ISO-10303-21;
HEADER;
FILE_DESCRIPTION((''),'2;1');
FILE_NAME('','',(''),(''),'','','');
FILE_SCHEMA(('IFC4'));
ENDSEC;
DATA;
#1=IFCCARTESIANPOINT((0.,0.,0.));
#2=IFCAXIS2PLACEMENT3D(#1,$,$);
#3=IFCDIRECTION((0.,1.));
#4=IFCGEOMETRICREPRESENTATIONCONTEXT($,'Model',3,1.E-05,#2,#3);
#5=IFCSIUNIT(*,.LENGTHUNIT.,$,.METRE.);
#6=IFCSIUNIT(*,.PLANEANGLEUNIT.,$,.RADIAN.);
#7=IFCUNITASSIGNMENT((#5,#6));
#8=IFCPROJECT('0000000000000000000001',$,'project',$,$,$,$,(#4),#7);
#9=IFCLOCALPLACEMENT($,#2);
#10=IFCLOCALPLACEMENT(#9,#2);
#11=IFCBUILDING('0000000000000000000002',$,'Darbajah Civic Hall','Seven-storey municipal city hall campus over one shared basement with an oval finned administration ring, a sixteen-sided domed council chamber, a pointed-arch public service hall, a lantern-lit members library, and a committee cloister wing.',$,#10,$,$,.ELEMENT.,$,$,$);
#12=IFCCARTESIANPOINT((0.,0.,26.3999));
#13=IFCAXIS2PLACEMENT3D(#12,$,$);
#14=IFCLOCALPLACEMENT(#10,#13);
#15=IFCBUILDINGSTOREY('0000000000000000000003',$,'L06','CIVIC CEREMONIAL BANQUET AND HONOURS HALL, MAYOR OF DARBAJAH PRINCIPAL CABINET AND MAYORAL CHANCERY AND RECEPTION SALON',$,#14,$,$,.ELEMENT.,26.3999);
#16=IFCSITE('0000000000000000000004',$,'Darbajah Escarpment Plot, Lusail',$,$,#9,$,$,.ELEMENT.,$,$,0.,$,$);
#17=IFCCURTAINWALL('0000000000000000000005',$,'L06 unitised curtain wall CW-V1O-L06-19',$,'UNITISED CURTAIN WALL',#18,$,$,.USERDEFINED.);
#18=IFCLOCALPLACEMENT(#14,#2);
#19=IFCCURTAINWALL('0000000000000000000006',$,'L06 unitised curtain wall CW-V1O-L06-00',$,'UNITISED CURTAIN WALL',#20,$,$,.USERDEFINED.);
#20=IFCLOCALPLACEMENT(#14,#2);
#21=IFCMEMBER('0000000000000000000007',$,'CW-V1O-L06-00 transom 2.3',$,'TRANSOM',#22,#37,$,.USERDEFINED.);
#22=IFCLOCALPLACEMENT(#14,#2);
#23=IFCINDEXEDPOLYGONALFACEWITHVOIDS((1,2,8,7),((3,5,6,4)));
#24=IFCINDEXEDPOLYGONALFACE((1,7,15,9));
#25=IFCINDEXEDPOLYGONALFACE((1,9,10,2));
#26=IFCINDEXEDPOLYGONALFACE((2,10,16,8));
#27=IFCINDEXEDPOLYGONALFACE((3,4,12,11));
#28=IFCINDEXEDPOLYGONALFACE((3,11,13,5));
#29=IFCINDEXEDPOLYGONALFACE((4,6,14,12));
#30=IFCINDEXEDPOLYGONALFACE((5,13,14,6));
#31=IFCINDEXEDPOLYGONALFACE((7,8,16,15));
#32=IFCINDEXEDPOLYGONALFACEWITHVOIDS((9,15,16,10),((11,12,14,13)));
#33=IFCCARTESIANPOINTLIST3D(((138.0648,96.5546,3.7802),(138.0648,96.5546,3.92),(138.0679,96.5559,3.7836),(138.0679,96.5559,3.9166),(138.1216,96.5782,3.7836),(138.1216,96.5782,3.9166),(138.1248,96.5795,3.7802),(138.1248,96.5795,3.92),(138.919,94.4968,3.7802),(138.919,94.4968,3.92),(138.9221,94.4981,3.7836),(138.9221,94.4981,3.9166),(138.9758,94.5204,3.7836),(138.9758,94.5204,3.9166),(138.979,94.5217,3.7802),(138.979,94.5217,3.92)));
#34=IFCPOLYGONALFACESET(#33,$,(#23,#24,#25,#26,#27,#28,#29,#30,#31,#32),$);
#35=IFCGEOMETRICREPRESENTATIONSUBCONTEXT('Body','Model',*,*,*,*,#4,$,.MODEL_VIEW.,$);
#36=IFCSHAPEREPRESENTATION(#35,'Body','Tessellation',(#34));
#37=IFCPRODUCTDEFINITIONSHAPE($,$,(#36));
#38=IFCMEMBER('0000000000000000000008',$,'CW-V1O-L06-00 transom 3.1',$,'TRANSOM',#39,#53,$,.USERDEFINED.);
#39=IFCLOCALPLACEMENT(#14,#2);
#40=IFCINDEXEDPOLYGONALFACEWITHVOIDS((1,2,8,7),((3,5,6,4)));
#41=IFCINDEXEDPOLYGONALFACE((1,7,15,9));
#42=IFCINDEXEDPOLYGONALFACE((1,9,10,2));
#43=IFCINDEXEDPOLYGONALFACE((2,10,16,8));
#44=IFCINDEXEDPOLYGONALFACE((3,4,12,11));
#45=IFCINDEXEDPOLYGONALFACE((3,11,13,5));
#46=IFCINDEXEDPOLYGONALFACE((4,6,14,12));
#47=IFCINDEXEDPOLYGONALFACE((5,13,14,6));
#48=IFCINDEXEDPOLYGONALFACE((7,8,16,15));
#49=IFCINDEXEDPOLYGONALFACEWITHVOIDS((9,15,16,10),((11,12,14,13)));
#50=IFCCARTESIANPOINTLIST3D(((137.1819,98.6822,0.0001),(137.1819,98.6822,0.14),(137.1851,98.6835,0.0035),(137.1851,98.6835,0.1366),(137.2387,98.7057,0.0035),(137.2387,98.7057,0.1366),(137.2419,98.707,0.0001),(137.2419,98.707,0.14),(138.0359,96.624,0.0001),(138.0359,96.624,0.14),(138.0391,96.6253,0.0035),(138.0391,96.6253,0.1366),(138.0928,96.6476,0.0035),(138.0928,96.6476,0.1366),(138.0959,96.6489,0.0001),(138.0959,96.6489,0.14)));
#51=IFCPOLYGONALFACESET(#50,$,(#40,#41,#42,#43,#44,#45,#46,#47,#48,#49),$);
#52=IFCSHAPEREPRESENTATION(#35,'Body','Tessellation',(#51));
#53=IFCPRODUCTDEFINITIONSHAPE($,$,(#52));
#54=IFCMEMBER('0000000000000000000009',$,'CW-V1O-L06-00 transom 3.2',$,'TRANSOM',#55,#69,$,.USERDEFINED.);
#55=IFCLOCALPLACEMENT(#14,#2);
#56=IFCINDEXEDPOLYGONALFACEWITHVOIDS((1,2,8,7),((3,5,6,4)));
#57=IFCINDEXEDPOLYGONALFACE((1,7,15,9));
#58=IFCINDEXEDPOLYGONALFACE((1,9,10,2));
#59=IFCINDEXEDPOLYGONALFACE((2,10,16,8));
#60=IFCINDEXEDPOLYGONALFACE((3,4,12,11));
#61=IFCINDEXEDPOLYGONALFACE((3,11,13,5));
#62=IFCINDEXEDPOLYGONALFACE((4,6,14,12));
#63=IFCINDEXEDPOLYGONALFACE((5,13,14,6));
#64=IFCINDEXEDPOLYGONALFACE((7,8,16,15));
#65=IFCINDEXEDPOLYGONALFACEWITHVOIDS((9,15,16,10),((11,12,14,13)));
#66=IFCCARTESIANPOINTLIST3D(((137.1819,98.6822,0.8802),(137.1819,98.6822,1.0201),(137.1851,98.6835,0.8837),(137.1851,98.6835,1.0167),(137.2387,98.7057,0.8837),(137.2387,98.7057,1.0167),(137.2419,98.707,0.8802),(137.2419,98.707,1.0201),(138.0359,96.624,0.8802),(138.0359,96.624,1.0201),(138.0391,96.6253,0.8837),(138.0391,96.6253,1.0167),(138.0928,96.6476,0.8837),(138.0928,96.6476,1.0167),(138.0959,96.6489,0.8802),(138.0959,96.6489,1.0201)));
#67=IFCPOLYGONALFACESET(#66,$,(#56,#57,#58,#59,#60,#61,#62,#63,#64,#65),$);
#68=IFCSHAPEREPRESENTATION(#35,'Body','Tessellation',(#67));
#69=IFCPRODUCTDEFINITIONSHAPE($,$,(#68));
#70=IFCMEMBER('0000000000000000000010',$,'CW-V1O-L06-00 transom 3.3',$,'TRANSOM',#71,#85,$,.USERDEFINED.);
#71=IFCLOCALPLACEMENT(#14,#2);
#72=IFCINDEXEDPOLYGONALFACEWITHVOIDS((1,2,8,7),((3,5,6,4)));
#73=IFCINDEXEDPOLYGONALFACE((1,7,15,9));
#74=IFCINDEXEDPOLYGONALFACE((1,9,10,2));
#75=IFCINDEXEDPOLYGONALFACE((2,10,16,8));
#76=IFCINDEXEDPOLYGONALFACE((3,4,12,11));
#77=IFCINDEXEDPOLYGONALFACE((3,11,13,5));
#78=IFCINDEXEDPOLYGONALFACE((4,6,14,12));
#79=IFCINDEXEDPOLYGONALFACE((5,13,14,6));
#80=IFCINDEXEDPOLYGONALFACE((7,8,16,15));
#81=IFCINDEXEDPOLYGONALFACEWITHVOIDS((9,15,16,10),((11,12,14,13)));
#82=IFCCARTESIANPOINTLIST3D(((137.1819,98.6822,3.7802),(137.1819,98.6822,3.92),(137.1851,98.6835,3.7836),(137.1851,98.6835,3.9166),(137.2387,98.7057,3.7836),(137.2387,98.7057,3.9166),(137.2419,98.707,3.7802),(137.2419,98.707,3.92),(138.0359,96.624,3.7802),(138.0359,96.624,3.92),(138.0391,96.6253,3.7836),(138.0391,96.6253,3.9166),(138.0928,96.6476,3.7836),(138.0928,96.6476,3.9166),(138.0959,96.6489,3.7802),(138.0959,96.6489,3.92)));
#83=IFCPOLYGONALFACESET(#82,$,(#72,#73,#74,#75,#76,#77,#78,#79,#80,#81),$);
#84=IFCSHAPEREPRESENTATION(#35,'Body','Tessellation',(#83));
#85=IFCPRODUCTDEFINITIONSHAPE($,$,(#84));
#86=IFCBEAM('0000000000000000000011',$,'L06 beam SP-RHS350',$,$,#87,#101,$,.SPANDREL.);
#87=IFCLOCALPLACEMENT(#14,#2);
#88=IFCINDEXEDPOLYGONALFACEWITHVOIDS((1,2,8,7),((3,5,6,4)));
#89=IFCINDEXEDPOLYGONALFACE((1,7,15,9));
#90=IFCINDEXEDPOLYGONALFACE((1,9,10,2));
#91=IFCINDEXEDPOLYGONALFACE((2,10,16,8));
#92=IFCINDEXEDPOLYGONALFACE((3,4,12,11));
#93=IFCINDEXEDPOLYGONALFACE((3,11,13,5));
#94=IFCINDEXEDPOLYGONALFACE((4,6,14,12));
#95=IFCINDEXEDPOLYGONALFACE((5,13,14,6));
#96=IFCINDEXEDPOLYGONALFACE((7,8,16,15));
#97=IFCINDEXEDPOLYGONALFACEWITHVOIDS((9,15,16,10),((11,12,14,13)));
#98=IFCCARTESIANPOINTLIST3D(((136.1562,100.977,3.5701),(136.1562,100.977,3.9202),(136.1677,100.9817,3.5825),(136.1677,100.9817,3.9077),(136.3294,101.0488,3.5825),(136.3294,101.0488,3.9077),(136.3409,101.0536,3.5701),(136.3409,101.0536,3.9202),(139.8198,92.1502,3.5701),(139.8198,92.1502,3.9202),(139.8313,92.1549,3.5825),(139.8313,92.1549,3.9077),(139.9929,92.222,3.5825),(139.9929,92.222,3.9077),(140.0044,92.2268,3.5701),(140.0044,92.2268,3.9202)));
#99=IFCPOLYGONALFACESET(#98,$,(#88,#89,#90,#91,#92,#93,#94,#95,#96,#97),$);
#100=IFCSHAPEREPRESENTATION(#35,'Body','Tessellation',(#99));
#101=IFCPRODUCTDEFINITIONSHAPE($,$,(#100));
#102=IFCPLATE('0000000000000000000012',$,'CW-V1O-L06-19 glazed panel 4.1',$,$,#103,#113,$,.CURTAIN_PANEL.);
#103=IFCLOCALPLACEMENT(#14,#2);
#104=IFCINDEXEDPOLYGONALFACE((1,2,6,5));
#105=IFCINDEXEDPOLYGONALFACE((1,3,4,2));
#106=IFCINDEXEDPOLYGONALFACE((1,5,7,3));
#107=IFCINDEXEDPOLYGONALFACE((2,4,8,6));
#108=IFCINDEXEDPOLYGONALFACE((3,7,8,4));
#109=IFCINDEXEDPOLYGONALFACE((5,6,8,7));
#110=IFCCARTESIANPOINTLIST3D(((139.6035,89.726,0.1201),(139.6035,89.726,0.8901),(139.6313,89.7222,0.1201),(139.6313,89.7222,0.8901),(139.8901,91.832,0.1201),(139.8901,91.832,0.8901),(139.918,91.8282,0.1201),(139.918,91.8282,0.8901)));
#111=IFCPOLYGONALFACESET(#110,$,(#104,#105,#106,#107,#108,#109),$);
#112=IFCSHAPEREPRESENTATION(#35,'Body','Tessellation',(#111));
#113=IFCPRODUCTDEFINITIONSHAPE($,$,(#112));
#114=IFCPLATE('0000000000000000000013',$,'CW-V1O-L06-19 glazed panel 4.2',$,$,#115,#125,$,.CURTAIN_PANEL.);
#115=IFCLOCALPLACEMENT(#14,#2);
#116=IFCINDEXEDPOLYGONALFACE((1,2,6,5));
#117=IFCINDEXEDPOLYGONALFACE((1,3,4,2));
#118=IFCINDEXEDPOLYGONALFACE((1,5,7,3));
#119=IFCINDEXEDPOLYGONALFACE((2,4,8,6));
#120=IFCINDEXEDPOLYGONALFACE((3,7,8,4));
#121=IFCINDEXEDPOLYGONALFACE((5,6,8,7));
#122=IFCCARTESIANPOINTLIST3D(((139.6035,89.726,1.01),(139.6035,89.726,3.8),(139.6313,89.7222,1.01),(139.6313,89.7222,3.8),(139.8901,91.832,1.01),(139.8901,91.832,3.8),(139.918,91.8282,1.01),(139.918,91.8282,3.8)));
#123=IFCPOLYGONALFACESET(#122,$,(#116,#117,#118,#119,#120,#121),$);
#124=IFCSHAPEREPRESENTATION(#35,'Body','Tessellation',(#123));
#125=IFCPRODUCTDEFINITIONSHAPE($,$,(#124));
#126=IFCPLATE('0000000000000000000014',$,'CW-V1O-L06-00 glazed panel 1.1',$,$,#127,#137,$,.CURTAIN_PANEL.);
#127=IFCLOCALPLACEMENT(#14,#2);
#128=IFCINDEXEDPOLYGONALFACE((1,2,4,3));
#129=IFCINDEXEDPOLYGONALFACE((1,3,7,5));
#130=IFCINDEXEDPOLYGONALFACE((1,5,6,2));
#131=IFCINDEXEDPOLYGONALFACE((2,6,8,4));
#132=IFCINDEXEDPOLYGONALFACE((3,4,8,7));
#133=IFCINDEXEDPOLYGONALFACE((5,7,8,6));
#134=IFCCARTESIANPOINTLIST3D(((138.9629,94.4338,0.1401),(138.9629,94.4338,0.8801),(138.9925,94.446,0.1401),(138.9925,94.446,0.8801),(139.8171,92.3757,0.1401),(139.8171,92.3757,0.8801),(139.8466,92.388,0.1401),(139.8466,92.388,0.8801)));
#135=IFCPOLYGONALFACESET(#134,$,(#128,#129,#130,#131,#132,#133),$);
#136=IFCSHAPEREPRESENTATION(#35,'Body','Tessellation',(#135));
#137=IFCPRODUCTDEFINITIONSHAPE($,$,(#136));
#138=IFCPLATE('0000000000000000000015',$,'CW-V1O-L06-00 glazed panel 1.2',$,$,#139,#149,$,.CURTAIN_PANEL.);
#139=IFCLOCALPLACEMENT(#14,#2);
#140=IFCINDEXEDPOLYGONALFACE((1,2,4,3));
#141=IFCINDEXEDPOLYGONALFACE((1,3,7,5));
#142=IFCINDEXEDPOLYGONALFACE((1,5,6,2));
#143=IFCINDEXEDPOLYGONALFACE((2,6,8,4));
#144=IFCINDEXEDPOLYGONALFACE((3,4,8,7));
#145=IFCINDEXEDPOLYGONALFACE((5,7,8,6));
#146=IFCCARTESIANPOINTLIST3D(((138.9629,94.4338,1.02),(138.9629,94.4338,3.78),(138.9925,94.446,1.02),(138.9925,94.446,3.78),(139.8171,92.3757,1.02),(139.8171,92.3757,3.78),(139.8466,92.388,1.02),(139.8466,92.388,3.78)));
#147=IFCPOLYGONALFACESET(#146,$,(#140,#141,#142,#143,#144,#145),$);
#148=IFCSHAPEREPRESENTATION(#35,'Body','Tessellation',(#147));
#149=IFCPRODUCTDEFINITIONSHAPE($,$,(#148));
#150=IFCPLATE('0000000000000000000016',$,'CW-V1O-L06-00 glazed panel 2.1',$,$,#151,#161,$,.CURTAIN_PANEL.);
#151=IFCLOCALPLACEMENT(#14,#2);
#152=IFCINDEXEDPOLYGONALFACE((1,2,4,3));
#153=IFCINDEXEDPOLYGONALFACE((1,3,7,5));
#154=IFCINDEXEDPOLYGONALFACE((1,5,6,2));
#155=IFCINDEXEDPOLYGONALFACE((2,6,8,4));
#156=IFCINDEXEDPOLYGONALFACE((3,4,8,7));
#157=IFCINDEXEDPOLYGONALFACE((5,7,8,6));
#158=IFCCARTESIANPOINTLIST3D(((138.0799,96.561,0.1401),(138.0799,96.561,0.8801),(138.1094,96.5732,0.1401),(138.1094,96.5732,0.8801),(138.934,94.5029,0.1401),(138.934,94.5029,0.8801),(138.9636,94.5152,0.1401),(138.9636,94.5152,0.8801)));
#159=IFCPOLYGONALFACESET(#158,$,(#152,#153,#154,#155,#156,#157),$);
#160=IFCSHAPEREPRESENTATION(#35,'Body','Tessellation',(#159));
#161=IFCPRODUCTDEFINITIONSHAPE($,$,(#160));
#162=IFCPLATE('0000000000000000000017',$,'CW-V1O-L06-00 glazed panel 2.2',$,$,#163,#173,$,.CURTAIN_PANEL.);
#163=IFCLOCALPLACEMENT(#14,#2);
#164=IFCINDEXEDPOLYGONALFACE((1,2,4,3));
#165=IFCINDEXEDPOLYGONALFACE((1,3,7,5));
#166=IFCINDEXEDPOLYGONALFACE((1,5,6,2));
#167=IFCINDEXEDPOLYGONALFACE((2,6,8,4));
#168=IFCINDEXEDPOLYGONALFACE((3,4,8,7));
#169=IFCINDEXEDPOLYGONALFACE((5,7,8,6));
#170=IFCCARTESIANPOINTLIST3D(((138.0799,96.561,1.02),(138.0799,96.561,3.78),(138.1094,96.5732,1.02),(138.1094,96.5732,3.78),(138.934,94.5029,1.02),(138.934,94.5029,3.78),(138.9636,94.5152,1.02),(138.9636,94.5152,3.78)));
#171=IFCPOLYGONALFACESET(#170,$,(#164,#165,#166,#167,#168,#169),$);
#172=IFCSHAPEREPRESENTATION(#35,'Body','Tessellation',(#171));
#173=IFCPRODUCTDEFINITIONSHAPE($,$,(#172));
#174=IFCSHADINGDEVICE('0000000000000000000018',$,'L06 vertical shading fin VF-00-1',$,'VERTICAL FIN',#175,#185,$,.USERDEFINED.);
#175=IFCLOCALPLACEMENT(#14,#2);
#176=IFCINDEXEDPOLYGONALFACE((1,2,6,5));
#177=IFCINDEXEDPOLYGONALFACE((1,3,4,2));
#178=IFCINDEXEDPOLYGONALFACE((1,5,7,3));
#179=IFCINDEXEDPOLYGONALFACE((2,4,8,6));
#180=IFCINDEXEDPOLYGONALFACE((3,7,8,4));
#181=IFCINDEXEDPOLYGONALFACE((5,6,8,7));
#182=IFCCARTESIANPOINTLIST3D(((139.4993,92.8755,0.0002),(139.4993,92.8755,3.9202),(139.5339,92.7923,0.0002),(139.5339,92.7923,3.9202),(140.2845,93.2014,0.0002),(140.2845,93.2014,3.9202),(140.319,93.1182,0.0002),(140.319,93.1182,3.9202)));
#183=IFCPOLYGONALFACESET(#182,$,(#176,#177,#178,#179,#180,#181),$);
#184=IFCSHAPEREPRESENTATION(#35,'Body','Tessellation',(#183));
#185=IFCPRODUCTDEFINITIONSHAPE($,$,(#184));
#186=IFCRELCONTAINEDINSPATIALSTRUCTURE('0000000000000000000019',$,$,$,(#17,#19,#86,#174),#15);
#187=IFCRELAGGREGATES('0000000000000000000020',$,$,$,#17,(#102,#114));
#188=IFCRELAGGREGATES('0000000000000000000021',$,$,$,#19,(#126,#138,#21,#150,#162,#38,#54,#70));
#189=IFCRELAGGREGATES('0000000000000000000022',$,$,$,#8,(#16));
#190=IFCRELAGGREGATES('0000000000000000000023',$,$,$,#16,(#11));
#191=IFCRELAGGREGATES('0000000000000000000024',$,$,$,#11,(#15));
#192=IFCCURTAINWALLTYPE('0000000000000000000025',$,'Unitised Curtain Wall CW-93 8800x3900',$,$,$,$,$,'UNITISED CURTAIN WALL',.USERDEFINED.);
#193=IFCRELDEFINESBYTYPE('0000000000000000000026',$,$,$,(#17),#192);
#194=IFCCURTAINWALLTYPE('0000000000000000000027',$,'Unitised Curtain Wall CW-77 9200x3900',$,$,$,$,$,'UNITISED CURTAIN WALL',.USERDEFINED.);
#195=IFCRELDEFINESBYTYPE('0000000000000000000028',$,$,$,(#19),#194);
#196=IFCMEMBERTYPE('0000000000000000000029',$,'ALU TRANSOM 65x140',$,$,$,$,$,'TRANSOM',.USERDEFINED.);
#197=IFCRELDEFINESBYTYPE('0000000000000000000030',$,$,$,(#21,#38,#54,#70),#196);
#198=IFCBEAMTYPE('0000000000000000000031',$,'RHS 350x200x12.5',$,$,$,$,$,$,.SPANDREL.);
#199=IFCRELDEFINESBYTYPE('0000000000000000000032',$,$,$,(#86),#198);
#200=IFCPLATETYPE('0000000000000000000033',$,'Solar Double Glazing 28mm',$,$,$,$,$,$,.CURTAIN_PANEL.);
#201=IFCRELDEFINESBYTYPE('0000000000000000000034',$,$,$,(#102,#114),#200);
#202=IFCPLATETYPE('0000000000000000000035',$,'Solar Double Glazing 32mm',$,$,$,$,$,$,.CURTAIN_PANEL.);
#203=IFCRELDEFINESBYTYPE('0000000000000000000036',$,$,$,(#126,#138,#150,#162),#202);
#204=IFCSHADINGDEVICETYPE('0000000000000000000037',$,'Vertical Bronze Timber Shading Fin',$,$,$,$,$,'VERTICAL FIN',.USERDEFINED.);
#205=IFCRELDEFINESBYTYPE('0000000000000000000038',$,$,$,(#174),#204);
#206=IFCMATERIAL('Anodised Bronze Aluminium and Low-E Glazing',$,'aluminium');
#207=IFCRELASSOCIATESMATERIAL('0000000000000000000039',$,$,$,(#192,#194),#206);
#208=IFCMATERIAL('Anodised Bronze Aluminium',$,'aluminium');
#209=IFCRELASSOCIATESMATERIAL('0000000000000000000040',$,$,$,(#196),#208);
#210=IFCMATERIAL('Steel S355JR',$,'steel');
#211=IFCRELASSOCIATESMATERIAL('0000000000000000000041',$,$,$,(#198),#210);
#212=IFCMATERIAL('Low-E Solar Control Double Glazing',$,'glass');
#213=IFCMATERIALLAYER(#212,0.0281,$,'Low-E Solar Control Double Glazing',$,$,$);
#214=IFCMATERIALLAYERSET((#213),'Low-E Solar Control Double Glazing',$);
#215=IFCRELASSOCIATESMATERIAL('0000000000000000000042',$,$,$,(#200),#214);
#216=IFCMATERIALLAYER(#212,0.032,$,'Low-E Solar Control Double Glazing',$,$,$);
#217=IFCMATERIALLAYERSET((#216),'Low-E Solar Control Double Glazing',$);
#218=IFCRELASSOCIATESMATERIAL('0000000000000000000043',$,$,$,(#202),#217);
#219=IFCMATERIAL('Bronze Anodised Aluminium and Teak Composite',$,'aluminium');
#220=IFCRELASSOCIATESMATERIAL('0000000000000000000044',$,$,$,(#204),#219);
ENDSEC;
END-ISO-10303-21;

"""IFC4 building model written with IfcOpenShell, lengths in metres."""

from ifc_helpers import new_model, si_unit, direction, frame, origin, origin_2d, place, context, subcontext, project, spatial, rectangle, hollow_rectangle, extrude, material, layer, layer_set, material_profile, profile_set, type_object, element, aggregate, save


model = new_model("IFC4")

# Units and contexts
model_context = context("Model", 3, precision=1e-05, world=origin(), true_north=direction((0.0, 1.0)))
body_context = subcontext(model_context, "Body", "Model", "MODEL_VIEW")
ifc_project = project(units=[si_unit("LENGTHUNIT", "METRE"), si_unit("PLANEANGLEUNIT", "RADIAN")], contexts=[model_context])

# Site, building, storey
site_placement = place(None, origin())
site = spatial("IfcSite", under=ifc_project, at=site_placement, Name="Darbajah Escarpment Plot, Lusail", CompositionType="ELEMENT", RefElevation=0.0)
building_placement = place(site_placement, origin())
building = spatial("IfcBuilding", under=site, at=building_placement, Name="Darbajah Civic Hall", Description="Seven-storey municipal city hall campus over one shared basement with an oval finned administration ring, a sixteen-sided domed council chamber, a pointed-arch public service hall, a lantern-lit members library, and a committee cloister wing.", CompositionType="ELEMENT")
storey_placement = place(building_placement, frame((0.0, 0.0, 26.3999)))
storey = spatial("IfcBuildingStorey", under=building, at=storey_placement, Name="L06", Description="CIVIC CEREMONIAL BANQUET AND HONOURS HALL, MAYOR OF DARBAJAH PRINCIPAL CABINET AND MAYORAL CHANCERY AND RECEPTION SALON", CompositionType="ELEMENT", Elevation=26.3999)

# Curtain wall
ifc_material_1 = material(Name="Anodised Bronze Aluminium and Low-E Glazing", Category="aluminium")
curtain_wall_type_1 = type_object("IfcCurtainWallType", Name="Unitised Curtain Wall CW-93 8800x3900", ElementType="UNITISED CURTAIN WALL", PredefinedType="USERDEFINED", material=ifc_material_1)
curtain_wall_1_placement = place(storey_placement, origin())
curtain_wall_1 = element("IfcCurtainWall", 1, at=curtain_wall_1_placement, inside=storey, type_object=curtain_wall_type_1, Name="L06 unitised curtain wall CW-V1O-L06-19", ObjectType="UNITISED CURTAIN WALL", PredefinedType="USERDEFINED")
ifc_material_2 = material(Name="Anodised Bronze Aluminium", Category="aluminium")

# Curtain wall, members
curtain_wall_type_2 = type_object("IfcCurtainWallType", Name="Unitised Curtain Wall CW-77 9200x3900", ElementType="UNITISED CURTAIN WALL", PredefinedType="USERDEFINED", material=ifc_material_1)
curtain_wall_2_placement = place(storey_placement, origin())
curtain_wall_2 = element("IfcCurtainWall", 2, at=curtain_wall_2_placement, inside=storey, type_object=curtain_wall_type_2, Name="L06 unitised curtain wall CW-V1O-L06-00", ObjectType="UNITISED CURTAIN WALL", PredefinedType="USERDEFINED")
ifc_material_profile_1 = material_profile(ifc_material_2, hollow_rectangle(XDim=0.0649, YDim=0.1399, WallThickness=0.0034, at=origin_2d()), Name="ALU TRANSOM 65x140")
ifc_profile_set_1 = profile_set([ifc_material_profile_1], Name="Anodised Bronze Aluminium")
member_type_1 = type_object("IfcMemberType", Name="ALU TRANSOM 65x140", ElementType="TRANSOM", PredefinedType="USERDEFINED", material=ifc_profile_set_1)
member_1_placement = place(storey_placement, frame((138.949, 94.5093, 3.8501), z_axis=(-0.383394, 0.923585, 0.0), x_axis=(-0.923585, -0.383394, 0.0)))
member_1 = element("IfcMember", 3, at=member_1_placement, type_object=member_type_1, Name="CW-V1O-L06-00 transom 2.3", ObjectType="TRANSOM", PredefinedType="USERDEFINED", context=body_context, shape_type="SweptSolid", body=[
    extrude(hollow_rectangle(XDim=0.0649, YDim=0.1399, WallThickness=0.0034, at=origin_2d()), origin(), (0.0, 0.0, 1.0), 2.228),
])
member_2_placement = place(storey_placement, frame((138.0659, 96.6365, 0.0701), z_axis=(-0.383261, 0.92364, 0.0), x_axis=(-0.92364, -0.383261, 0.0)))
member_2 = element("IfcMember", 4, at=member_2_placement, type_object=member_type_1, Name="CW-V1O-L06-00 transom 3.1", ObjectType="TRANSOM", PredefinedType="USERDEFINED", context=body_context, shape_type="SweptSolid", body=[
    extrude(hollow_rectangle(XDim=0.0649, YDim=0.1399, WallThickness=0.0034, at=origin_2d()), origin(), (0.0, 0.0, 1.0), 2.2283),
])
member_3_placement = place(storey_placement, frame((138.0659, 96.6365, 0.9502), z_axis=(-0.383261, 0.92364, 0.0), x_axis=(-0.92364, -0.383261, 0.0)))
member_3 = element("IfcMember", 5, at=member_3_placement, type_object=member_type_1, Name="CW-V1O-L06-00 transom 3.2", ObjectType="TRANSOM", PredefinedType="USERDEFINED", context=body_context, shape_type="SweptSolid", body=[
    extrude(hollow_rectangle(XDim=0.0649, YDim=0.1399, WallThickness=0.0034, at=origin_2d()), origin(), (0.0, 0.0, 1.0), 2.2283),
])
member_4_placement = place(storey_placement, frame((138.0659, 96.6365, 3.8501), z_axis=(-0.383261, 0.92364, 0.0), x_axis=(-0.92364, -0.383261, 0.0)))
member_4 = element("IfcMember", 6, at=member_4_placement, type_object=member_type_1, Name="CW-V1O-L06-00 transom 3.3", ObjectType="TRANSOM", PredefinedType="USERDEFINED", context=body_context, shape_type="SweptSolid", body=[
    extrude(hollow_rectangle(XDim=0.0649, YDim=0.1399, WallThickness=0.0034, at=origin_2d()), origin(), (0.0, 0.0, 1.0), 2.2283),
])

# Beam
ifc_material_3 = material(Name="Steel S355JR", Category="steel")
ifc_material_profile_2 = material_profile(ifc_material_3, hollow_rectangle(XDim=0.2, YDim=0.3501, WallThickness=0.0125, at=origin_2d()), Name="RHS 350x200x12.5")
ifc_profile_set_2 = profile_set([ifc_material_profile_2], Name="Steel S355JR")
beam_type = type_object("IfcBeamType", Name="RHS 350x200x12.5", PredefinedType="SPANDREL", material=ifc_profile_set_2)
beam_placement = place(storey_placement, frame((139.9121, 92.1885, 3.7451), z_axis=(-0.38334, 0.923607, 0.0), x_axis=(-0.923607, -0.38334, 0.0)))
element("IfcBeam", 7, at=beam_placement, inside=storey, type_object=beam_type, Name="L06 beam SP-RHS350", PredefinedType="SPANDREL", context=body_context, shape_type="SweptSolid", body=[
    extrude(hollow_rectangle(XDim=0.2, YDim=0.3501, WallThickness=0.0125, at=origin_2d()), origin(), (0.0, 0.0, 1.0), 9.5569),
])

# Plates
ifc_material_4 = material(Name="Low-E Solar Control Double Glazing", Category="glass")
ifc_layer_1 = layer(ifc_material_4, 0.0281, Name="Low-E Solar Control Double Glazing")
ifc_layer_set_1 = layer_set([ifc_layer_1], Name="Low-E Solar Control Double Glazing")
plate_type_1 = type_object("IfcPlateType", Name="Solar Double Glazing 28mm", PredefinedType="CURTAIN_PANEL", material=ifc_layer_set_1)
plate_1_placement = place(storey_placement, frame((139.7607, 90.7771, 0.1201), z_axis=(0.0, 0.0, 1.0), x_axis=(0.134851, 0.990866, 0.0)))
plate_1 = element("IfcPlate", 8, at=plate_1_placement, type_object=plate_type_1, Name="CW-V1O-L06-19 glazed panel 4.1", PredefinedType="CURTAIN_PANEL", context=body_context, shape_type="SweptSolid", body=[
    extrude(rectangle(XDim=2.1255, YDim=0.0281, at=origin_2d()), origin(), (0.0, 0.0, 1.0), 0.77),
])
plate_2_placement = place(storey_placement, frame((139.7607, 90.7771, 1.01), z_axis=(0.0, 0.0, 1.0), x_axis=(0.134851, 0.990866, 0.0)))
plate_2 = element("IfcPlate", 9, at=plate_2_placement, type_object=plate_type_1, Name="CW-V1O-L06-19 glazed panel 4.2", PredefinedType="CURTAIN_PANEL", context=body_context, shape_type="SweptSolid", body=[
    extrude(rectangle(XDim=2.1255, YDim=0.0281, at=origin_2d()), origin(), (0.0, 0.0, 1.0), 2.79),
])
aggregate(curtain_wall_1, [plate_1, plate_2])
ifc_layer_2 = layer(ifc_material_4, 0.032, Name="Low-E Solar Control Double Glazing")
ifc_layer_set_2 = layer_set([ifc_layer_2], Name="Low-E Solar Control Double Glazing")
plate_type_2 = type_object("IfcPlateType", Name="Solar Double Glazing 32mm", PredefinedType="CURTAIN_PANEL", material=ifc_layer_set_2)
plate_3_placement = place(storey_placement, frame((139.4048, 93.4109, 0.1401), z_axis=(0.0, 0.0, 1.0), x_axis=(-0.383328, 0.923612, 0.0)))
plate_3 = element("IfcPlate", 10, at=plate_3_placement, type_object=plate_type_2, Name="CW-V1O-L06-00 glazed panel 1.1", PredefinedType="CURTAIN_PANEL", context=body_context, shape_type="SweptSolid", body=[
    extrude(rectangle(XDim=2.2283, YDim=0.032, at=origin_2d()), origin(), (0.0, 0.0, 1.0), 0.74),
])
plate_4_placement = place(storey_placement, frame((139.4048, 93.4109, 1.02), z_axis=(0.0, 0.0, 1.0), x_axis=(-0.383328, 0.923612, 0.0)))
plate_4 = element("IfcPlate", 11, at=plate_4_placement, type_object=plate_type_2, Name="CW-V1O-L06-00 glazed panel 1.2", PredefinedType="CURTAIN_PANEL", context=body_context, shape_type="SweptSolid", body=[
    extrude(rectangle(XDim=2.2283, YDim=0.032, at=origin_2d()), origin(), (0.0, 0.0, 1.0), 2.76),
])
plate_5_placement = place(storey_placement, frame((138.5217, 95.5381, 0.1401), z_axis=(0.0, 0.0, 1.0), x_axis=(-0.383328, 0.923612, 0.0)))
plate_5 = element("IfcPlate", 12, at=plate_5_placement, type_object=plate_type_2, Name="CW-V1O-L06-00 glazed panel 2.1", PredefinedType="CURTAIN_PANEL", context=body_context, shape_type="SweptSolid", body=[
    extrude(rectangle(XDim=2.2283, YDim=0.032, at=origin_2d()), origin(), (0.0, 0.0, 1.0), 0.74),
])
plate_6_placement = place(storey_placement, frame((138.5217, 95.5381, 1.02), z_axis=(0.0, 0.0, 1.0), x_axis=(-0.383328, 0.923612, 0.0)))
plate_6 = element("IfcPlate", 13, at=plate_6_placement, type_object=plate_type_2, Name="CW-V1O-L06-00 glazed panel 2.2", PredefinedType="CURTAIN_PANEL", context=body_context, shape_type="SweptSolid", body=[
    extrude(rectangle(XDim=2.2283, YDim=0.032, at=origin_2d()), origin(), (0.0, 0.0, 1.0), 2.76),
])
aggregate(curtain_wall_2, [plate_3, plate_4, member_1, plate_5, plate_6, member_2, member_3, member_4])

# Shading device
ifc_material_5 = material(Name="Bronze Anodised Aluminium and Teak Composite", Category="aluminium")
shading_device_type = type_object("IfcShadingDeviceType", Name="Vertical Bronze Timber Shading Fin", ElementType="VERTICAL FIN", PredefinedType="USERDEFINED", material=ifc_material_5)
for number, where, z_axis, x_axis, name in (
    (14, (139.9092, 92.9968, 0.0002), (0.0, 0.0, 1.0), (0.923612, 0.383328, 0.0), "L06 vertical shading fin VF-00-1"),
):
    element("IfcShadingDevice", number, at=place(storey_placement, frame(where, z_axis=z_axis, x_axis=x_axis)), inside=storey, type_object=shading_device_type, Name=name, ObjectType="VERTICAL FIN", PredefinedType="USERDEFINED", context=body_context, shape_type="SweptSolid", body=[
        extrude(rectangle(XDim=0.8501, YDim=0.0901, at=origin_2d()), origin(), (0.0, 0.0, 1.0), 3.9199),
    ])

save(model, "model.ifc")
